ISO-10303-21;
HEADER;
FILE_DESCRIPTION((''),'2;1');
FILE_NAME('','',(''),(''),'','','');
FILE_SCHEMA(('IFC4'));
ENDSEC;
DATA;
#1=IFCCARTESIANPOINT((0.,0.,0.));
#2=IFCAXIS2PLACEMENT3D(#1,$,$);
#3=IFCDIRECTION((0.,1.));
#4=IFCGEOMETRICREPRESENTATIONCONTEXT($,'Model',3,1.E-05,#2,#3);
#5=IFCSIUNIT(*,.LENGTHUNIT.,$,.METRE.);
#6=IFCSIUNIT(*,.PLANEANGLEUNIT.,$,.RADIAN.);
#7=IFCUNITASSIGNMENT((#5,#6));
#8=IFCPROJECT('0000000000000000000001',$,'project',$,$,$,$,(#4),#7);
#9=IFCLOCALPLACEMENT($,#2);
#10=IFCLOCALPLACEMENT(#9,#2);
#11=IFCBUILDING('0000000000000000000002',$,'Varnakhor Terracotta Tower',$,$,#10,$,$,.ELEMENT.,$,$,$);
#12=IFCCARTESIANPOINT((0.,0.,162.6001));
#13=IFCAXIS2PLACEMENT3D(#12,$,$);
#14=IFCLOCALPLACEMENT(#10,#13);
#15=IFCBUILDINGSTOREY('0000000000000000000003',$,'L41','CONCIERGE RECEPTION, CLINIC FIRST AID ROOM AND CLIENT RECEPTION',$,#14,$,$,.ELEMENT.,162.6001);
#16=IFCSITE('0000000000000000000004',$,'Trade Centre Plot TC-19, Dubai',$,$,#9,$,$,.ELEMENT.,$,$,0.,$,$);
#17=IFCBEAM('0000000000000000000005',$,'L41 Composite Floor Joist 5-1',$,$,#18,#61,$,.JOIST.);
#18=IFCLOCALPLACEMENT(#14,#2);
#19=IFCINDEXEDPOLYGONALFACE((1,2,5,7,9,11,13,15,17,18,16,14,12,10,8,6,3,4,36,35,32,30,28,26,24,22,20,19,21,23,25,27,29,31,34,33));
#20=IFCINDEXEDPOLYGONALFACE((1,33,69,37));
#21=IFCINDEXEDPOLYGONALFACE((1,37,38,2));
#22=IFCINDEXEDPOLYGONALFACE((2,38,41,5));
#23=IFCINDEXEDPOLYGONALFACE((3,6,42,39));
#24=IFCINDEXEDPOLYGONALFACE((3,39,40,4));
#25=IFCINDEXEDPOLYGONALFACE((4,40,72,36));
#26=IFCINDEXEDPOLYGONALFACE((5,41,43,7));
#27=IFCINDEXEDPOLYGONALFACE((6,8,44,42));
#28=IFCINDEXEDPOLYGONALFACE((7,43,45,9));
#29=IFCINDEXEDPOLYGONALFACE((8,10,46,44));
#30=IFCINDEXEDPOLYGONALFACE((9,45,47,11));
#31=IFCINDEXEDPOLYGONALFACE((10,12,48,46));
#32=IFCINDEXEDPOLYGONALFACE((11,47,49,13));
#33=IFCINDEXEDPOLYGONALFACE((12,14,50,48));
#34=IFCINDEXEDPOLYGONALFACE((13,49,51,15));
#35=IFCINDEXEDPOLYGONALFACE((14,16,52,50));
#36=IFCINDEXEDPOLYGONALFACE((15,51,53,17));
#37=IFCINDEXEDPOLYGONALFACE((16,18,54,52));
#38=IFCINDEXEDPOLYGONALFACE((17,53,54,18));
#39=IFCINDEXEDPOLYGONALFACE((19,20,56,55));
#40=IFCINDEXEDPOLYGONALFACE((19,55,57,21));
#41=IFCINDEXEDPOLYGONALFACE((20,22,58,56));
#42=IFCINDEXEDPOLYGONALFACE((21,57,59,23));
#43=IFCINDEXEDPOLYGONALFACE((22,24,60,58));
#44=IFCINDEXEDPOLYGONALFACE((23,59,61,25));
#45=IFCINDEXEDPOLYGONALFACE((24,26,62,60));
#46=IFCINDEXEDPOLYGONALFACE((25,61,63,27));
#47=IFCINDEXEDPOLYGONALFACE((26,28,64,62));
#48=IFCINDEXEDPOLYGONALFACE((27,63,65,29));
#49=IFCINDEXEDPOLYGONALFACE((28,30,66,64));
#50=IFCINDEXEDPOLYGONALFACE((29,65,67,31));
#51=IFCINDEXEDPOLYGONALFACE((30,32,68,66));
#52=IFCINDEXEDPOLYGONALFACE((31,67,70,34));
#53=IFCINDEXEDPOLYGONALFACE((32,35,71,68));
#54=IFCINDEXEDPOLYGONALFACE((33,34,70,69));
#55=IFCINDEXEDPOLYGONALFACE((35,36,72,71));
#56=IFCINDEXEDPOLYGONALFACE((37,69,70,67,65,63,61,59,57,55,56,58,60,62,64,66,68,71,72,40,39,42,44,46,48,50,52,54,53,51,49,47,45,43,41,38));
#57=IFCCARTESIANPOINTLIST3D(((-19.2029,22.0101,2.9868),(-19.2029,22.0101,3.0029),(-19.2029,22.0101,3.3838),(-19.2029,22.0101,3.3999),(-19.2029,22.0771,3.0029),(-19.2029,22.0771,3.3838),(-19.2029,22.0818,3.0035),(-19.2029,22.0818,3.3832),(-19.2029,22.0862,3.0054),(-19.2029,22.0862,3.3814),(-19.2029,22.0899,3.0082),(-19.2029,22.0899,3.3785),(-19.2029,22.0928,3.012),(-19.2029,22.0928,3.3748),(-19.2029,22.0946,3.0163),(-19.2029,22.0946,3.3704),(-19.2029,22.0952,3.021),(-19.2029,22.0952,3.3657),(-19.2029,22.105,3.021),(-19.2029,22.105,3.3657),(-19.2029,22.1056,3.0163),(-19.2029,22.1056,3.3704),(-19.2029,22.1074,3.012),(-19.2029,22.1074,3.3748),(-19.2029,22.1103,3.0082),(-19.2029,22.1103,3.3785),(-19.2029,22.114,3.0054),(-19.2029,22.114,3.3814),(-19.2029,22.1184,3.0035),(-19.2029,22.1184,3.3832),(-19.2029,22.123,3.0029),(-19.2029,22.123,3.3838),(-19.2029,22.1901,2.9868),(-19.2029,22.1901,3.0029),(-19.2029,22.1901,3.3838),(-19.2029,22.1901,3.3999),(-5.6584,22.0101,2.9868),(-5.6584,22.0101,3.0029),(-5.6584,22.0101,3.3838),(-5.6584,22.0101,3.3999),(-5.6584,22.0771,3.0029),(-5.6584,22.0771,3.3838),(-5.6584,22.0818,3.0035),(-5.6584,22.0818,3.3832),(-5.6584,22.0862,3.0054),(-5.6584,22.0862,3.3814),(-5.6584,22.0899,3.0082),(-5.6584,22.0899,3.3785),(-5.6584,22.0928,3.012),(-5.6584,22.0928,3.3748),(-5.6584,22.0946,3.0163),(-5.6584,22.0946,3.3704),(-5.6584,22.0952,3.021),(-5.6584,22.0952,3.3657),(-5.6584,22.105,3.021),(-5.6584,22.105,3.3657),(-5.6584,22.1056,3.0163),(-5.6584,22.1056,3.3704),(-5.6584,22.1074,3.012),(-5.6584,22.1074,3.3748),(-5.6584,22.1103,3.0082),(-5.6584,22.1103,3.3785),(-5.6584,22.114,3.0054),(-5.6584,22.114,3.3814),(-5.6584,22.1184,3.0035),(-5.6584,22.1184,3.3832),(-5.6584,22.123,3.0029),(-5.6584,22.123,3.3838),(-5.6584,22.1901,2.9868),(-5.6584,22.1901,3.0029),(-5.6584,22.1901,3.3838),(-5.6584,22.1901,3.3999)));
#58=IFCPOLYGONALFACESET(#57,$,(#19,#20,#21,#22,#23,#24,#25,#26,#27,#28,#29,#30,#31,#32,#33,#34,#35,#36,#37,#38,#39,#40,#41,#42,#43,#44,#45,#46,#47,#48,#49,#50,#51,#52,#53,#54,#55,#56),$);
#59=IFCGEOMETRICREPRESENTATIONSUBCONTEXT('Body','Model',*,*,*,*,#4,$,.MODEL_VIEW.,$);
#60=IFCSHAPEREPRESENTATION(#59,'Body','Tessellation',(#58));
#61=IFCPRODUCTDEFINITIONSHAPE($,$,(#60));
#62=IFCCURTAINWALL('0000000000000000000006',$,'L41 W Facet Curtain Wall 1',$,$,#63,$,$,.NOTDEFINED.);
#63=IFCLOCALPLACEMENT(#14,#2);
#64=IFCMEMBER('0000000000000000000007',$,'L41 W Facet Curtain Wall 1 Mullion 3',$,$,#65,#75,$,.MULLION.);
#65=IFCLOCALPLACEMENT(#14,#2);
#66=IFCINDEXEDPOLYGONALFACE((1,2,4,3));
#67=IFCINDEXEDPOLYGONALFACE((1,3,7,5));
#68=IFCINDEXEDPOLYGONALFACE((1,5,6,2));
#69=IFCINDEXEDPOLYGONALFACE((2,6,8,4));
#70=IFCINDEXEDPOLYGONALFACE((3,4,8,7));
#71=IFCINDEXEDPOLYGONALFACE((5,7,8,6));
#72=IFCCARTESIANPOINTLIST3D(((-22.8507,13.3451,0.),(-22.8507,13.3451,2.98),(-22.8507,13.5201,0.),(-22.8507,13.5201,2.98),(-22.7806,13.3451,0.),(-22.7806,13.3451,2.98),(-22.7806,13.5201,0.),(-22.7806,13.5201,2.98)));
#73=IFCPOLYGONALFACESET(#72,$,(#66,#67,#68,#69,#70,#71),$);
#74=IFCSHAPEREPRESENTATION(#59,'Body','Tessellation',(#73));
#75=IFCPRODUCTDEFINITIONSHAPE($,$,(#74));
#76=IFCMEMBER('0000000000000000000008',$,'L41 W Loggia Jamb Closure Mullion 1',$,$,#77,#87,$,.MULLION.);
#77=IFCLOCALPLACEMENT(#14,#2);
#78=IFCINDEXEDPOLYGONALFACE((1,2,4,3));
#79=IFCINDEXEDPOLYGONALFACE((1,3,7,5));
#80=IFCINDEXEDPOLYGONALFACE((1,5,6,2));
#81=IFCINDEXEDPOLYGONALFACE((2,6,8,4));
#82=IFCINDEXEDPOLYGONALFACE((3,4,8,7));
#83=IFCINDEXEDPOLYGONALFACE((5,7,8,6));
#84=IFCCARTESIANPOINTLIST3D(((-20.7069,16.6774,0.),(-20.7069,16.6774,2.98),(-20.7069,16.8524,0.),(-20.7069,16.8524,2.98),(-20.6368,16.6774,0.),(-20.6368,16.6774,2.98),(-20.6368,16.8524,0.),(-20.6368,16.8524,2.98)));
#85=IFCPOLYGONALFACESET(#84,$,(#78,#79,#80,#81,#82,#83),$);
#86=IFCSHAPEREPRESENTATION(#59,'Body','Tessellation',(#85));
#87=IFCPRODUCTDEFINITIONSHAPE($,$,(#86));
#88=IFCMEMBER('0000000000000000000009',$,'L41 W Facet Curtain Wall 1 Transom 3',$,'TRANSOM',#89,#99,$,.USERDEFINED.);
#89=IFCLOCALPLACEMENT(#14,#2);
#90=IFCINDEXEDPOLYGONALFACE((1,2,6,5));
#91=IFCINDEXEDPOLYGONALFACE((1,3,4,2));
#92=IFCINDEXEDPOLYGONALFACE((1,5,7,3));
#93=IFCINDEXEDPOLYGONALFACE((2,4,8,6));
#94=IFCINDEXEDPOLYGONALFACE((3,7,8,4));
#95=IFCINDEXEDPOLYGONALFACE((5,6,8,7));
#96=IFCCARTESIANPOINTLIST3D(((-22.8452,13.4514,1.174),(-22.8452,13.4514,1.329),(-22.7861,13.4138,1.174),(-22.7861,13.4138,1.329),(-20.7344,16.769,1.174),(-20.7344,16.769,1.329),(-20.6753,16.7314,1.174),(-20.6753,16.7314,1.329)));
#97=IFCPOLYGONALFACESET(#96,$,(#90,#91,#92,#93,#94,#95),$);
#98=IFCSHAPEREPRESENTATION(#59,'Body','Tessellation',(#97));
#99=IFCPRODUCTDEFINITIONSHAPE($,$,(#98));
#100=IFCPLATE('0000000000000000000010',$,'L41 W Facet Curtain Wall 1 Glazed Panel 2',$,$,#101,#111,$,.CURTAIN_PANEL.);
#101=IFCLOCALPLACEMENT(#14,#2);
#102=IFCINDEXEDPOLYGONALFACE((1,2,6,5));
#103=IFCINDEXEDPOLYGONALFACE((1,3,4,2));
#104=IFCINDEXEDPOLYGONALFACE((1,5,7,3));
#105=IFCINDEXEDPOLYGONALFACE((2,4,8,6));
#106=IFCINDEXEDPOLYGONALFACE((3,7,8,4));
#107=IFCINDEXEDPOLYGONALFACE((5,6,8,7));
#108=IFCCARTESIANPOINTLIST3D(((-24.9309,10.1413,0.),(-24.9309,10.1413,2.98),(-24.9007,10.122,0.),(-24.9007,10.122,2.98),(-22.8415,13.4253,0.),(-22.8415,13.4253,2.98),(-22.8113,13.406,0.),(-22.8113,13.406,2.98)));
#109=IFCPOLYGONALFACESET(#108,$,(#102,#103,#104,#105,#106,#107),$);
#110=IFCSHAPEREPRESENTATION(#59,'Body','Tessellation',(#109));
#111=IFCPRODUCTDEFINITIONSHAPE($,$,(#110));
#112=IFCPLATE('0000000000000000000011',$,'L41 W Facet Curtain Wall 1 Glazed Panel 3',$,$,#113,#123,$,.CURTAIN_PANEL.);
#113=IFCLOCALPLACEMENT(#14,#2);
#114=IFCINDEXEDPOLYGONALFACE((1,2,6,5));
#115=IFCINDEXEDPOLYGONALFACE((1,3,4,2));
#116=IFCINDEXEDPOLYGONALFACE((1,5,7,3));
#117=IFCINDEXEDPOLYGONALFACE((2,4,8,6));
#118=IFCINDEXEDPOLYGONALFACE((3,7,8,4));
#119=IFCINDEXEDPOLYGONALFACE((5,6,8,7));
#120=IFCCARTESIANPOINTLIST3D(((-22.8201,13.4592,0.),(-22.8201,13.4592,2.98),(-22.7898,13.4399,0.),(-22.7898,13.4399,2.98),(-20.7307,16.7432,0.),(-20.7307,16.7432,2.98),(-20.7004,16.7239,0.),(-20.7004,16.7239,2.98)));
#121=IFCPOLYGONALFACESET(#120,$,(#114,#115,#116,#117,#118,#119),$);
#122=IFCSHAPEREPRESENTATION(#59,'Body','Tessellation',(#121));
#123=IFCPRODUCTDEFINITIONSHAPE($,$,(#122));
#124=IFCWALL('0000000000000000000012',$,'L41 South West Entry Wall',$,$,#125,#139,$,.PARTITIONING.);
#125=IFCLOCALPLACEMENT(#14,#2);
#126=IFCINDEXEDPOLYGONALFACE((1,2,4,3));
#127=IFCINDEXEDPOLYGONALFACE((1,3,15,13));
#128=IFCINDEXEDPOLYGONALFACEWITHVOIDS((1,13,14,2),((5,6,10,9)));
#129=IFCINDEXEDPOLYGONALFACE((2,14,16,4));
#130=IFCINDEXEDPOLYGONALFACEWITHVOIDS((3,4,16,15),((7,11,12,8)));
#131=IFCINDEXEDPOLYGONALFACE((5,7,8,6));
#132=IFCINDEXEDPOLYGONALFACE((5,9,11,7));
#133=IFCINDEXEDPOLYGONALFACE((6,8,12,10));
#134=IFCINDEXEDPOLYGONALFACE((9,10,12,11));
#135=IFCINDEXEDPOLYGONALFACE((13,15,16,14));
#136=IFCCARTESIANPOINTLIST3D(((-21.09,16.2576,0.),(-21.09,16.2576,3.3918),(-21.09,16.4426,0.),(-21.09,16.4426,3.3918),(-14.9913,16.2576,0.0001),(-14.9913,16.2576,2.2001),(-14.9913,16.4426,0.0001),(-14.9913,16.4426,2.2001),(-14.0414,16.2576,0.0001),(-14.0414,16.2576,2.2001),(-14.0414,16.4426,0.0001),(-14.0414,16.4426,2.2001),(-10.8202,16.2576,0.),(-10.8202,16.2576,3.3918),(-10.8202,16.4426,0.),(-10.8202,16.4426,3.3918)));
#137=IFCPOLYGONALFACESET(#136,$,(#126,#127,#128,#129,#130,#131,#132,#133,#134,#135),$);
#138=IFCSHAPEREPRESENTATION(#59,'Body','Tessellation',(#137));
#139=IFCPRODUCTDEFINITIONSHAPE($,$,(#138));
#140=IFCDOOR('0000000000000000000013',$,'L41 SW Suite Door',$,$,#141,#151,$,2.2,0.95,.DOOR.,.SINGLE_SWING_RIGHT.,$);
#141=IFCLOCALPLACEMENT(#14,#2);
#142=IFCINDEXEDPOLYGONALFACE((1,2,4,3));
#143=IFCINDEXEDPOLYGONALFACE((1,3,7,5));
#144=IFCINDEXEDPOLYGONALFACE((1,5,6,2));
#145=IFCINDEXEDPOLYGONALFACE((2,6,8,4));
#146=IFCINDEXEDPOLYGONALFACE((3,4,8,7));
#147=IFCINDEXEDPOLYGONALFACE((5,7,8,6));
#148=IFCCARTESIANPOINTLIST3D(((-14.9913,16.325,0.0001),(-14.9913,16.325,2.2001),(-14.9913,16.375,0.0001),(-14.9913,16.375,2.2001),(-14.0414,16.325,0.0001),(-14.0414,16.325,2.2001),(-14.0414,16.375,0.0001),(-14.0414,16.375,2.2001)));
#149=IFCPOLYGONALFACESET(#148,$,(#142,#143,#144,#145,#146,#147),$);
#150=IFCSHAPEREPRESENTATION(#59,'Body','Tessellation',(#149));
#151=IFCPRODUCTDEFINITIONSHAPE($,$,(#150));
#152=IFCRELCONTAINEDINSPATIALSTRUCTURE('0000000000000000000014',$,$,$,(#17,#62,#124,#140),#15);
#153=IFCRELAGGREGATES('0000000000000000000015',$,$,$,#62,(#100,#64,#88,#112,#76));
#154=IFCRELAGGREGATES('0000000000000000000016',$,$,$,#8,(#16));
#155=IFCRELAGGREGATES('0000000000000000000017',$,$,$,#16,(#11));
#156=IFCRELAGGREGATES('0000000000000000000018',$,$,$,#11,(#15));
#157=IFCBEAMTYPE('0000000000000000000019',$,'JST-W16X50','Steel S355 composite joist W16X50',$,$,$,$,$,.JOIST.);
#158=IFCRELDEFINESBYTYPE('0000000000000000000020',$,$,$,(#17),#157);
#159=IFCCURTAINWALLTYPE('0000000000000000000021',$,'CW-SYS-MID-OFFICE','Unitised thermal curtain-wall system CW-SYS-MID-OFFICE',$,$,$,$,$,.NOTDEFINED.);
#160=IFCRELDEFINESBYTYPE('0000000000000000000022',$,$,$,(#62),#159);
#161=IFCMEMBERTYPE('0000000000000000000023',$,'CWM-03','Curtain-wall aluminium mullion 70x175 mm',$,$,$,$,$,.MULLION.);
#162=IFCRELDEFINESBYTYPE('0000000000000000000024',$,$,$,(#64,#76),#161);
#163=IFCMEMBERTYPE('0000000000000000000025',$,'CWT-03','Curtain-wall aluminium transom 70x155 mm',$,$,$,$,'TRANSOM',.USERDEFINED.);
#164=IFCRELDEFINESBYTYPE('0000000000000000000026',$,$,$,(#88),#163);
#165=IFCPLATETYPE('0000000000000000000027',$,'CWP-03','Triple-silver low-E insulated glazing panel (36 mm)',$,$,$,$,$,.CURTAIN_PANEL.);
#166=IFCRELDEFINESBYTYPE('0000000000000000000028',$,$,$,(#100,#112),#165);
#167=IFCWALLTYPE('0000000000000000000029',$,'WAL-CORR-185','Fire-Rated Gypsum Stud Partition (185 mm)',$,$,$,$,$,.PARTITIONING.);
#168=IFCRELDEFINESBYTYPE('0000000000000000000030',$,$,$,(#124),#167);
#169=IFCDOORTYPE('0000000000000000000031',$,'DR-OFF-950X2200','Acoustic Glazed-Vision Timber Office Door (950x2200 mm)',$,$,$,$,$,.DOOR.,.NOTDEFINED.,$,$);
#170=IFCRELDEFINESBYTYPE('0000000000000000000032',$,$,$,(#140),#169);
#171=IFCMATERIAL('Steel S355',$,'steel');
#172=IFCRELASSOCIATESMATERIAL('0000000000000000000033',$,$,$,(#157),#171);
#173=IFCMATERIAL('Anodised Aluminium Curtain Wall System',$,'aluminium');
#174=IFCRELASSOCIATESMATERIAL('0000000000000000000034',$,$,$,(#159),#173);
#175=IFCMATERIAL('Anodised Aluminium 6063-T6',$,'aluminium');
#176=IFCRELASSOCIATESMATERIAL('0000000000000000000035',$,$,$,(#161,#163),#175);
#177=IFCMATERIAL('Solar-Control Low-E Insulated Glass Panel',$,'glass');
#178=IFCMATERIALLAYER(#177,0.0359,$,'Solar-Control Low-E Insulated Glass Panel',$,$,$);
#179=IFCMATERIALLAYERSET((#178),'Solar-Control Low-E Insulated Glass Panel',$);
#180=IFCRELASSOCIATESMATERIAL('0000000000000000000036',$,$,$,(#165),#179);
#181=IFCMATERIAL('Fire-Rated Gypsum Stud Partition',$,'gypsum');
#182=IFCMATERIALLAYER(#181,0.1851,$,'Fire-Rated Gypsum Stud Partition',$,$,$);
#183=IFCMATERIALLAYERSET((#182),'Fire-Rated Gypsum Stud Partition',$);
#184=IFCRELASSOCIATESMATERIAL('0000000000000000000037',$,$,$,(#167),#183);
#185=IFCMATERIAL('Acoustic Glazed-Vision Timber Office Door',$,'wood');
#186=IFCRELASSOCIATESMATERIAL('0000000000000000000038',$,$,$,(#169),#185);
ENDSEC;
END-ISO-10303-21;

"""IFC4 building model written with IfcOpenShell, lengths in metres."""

from ifc_helpers import new_model, si_unit, direction, frame, frame_2d, origin, origin_2d, place, context, subcontext, project, spatial, rectangle, i_section, extrude, source, transform, mapped, material, layer, layer_set, material_profile, profile_set, type_object, type_shapes, element, fill, aggregate, save


model = new_model("IFC4")

# Units and contexts
model_context = context("Model", 3, precision=1e-05, world=origin(), true_north=direction((0.0, 1.0)))
body_context = subcontext(model_context, "Body", "Model", "MODEL_VIEW")
ifc_project = project(units=[si_unit("LENGTHUNIT", "METRE"), si_unit("PLANEANGLEUNIT", "RADIAN")], contexts=[model_context])

# Site, building, storey
site_placement = place(None, origin())
site = spatial("IfcSite", under=ifc_project, at=site_placement, Name="Trade Centre Plot TC-19, Dubai", CompositionType="ELEMENT", RefElevation=0.0)
building_placement = place(site_placement, origin())
building = spatial("IfcBuilding", under=site, at=building_placement, Name="Varnakhor Terracotta Tower", CompositionType="ELEMENT")
storey_placement = place(building_placement, frame((0.0, 0.0, 162.6001)))
storey = spatial("IfcBuildingStorey", under=building, at=storey_placement, Name="L41", Description="CONCIERGE RECEPTION, CLINIC FIRST AID ROOM AND CLIENT RECEPTION", CompositionType="ELEMENT", Elevation=162.6001)

# Beam
ifc_material_1 = material(Name="Steel S355", Category="steel")
ifc_material_profile_1 = material_profile(ifc_material_1, i_section(OverallWidth=0.1799, OverallDepth=0.4131, WebThickness=0.0098, FlangeThickness=0.0161, FilletRadius=0.0181, at=origin_2d()), Name="W16X50")
ifc_profile_set_1 = profile_set([ifc_material_profile_1], Name="Steel S355")
beam_type_1 = type_object("IfcBeamType", Name="JST-W16X50", Description="Steel S355 composite joist W16X50", PredefinedType="JOIST", material=ifc_profile_set_1)
shared_shape_1 = source(origin(), body_context, "Body", "SweptSolid", [
    extrude(i_section(OverallWidth=0.1799, OverallDepth=0.4131, WebThickness=0.0098, FlangeThickness=0.0161, FilletRadius=0.0181, at=origin_2d()), origin(), (0.0, 0.0, 1.0), 13.5444),
])
beam_1_placement = place(storey_placement, frame((-19.2029, 22.1001, 3.1934), z_axis=(1.0, 0.0, 0.0), x_axis=(0.0, 1.0, 0.0)))
element("IfcBeam", 1, at=beam_1_placement, inside=storey, type_object=beam_type_1, Name="L41 Composite Floor Joist 5-1", PredefinedType="JOIST", context=body_context, shape_type="MappedRepresentation", body=[
    mapped(shared_shape_1, transform((0.0, 0.0, 0.0), scale=1.0)),
])

# Curtain wall, members, plates
ifc_material_2 = material(Name="Anodised Aluminium Curtain Wall System", Category="aluminium")
curtain_wall_type = type_object("IfcCurtainWallType", Name="CW-SYS-MID-OFFICE", Description="Unitised thermal curtain-wall system CW-SYS-MID-OFFICE", PredefinedType="NOTDEFINED", material=ifc_material_2)
curtain_wall_placement = place(storey_placement, origin())
curtain_wall = element("IfcCurtainWall", 2, at=curtain_wall_placement, inside=storey, type_object=curtain_wall_type, Name="L41 W Facet Curtain Wall 1", PredefinedType="NOTDEFINED")
ifc_material_3 = material(Name="Anodised Aluminium 6063-T6", Category="aluminium")
ifc_material_profile_2 = material_profile(ifc_material_3, rectangle(XDim=0.0701, YDim=0.175, at=origin_2d()), Name="ALU MULLION 70x175")
ifc_profile_set_2 = profile_set([ifc_material_profile_2], Name="Anodised Aluminium 6063-T6")
member_type_1 = type_object("IfcMemberType", Name="CWM-03", Description="Curtain-wall aluminium mullion 70x175 mm", PredefinedType="MULLION", material=ifc_profile_set_2)
shared_shape_2 = source(origin(), body_context, "Body", "SweptSolid", [
    extrude(rectangle(XDim=0.0701, YDim=0.175, at=origin_2d()), origin(), (0.0, 0.0, 1.0), 2.98),
])
member_1_placement = place(storey_placement, frame((-22.8157, 13.4326, 0.0), z_axis=(0.0, 0.0, 1.0), x_axis=(1.0, 0.0, 0.0)))
member_1 = element("IfcMember", 3, at=member_1_placement, type_object=member_type_1, Name="L41 W Facet Curtain Wall 1 Mullion 3", PredefinedType="MULLION", context=body_context, shape_type="MappedRepresentation", body=[
    mapped(shared_shape_2, transform((0.0, 0.0, 0.0), scale=1.0)),
])
member_2_placement = place(storey_placement, frame((-20.6719, 16.7649, 0.0), z_axis=(0.0, 0.0, 1.0), x_axis=(1.0, 0.0, 0.0)))
member_2 = element("IfcMember", 4, at=member_2_placement, type_object=member_type_1, Name="L41 W Loggia Jamb Closure Mullion 1", PredefinedType="MULLION", context=body_context, shape_type="MappedRepresentation", body=[
    mapped(shared_shape_2, transform((0.0, 0.0, 0.0), scale=1.0)),
])
ifc_material_profile_3 = material_profile(ifc_material_3, rectangle(XDim=0.0701, YDim=0.155, at=origin_2d()), Name="ALU TRANSOM 70x155")
ifc_profile_set_3 = profile_set([ifc_material_profile_3], Name="Anodised Aluminium 6063-T6")
member_type_2 = type_object("IfcMemberType", Name="CWT-03", Description="Curtain-wall aluminium transom 70x155 mm", ElementType="TRANSOM", PredefinedType="USERDEFINED", material=ifc_profile_set_3)
shared_shape_3 = source(origin(), body_context, "Body", "SweptSolid", [
    extrude(rectangle(XDim=0.0701, YDim=0.155, at=origin_2d()), origin(), (0.0, 0.0, 1.0), 3.9321),
])
member_3_placement = place(storey_placement, frame((-22.8157, 13.4326, 1.2515), z_axis=(0.536807, 0.843705, 0.0), x_axis=(-0.843705, 0.536807, 0.0)))
member_3 = element("IfcMember", 5, at=member_3_placement, type_object=member_type_2, Name="L41 W Facet Curtain Wall 1 Transom 3", ObjectType="TRANSOM", PredefinedType="USERDEFINED", context=body_context, shape_type="MappedRepresentation", body=[
    mapped(shared_shape_3, transform((0.0, 0.0, 0.0), scale=1.0)),
])
ifc_material_4 = material(Name="Solar-Control Low-E Insulated Glass Panel", Category="glass")
ifc_layer_1 = layer(ifc_material_4, 0.0359, Name="Solar-Control Low-E Insulated Glass Panel")
ifc_layer_set_1 = layer_set([ifc_layer_1], Name="Solar-Control Low-E Insulated Glass Panel")
plate_type = type_object("IfcPlateType", Name="CWP-03", Description="Triple-silver low-E insulated glazing panel (36 mm)", PredefinedType="CURTAIN_PANEL", material=ifc_layer_set_1)
shared_shape_4 = source(origin(), body_context, "Body", "SweptSolid", [
    extrude(rectangle(XDim=3.8923, YDim=0.0359, at=origin_2d()), origin(), (0.0, 0.0, 1.0), 2.98),
])
plate_1_placement = place(storey_placement, frame((-23.8711, 11.7737, 0.0), z_axis=(0.0, 0.0, 1.0), x_axis=(0.536799, 0.84371, 0.0)))
plate_1 = element("IfcPlate", 6, at=plate_1_placement, type_object=plate_type, Name="L41 W Facet Curtain Wall 1 Glazed Panel 2", PredefinedType="CURTAIN_PANEL", context=body_context, shape_type="MappedRepresentation", body=[
    mapped(shared_shape_4, transform((0.0, 0.0, 0.0), scale=1.0)),
])
plate_2_placement = place(storey_placement, frame((-21.7603, 15.0916, 0.0), z_axis=(0.0, 0.0, 1.0), x_axis=(0.536799, 0.84371, 0.0)))
plate_2 = element("IfcPlate", 7, at=plate_2_placement, type_object=plate_type, Name="L41 W Facet Curtain Wall 1 Glazed Panel 3", PredefinedType="CURTAIN_PANEL", context=body_context, shape_type="MappedRepresentation", body=[
    mapped(shared_shape_4, transform((0.0, 0.0, 0.0), scale=1.0)),
])
aggregate(curtain_wall, [plate_1, member_1, member_3, plate_2, member_2])

# Wall, opening, door
ifc_material_5 = material(Name="Fire-Rated Gypsum Stud Partition", Category="gypsum")
ifc_layer_2 = layer(ifc_material_5, 0.1851, Name="Fire-Rated Gypsum Stud Partition")
ifc_layer_set_2 = layer_set([ifc_layer_2], Name="Fire-Rated Gypsum Stud Partition")
wall_type_1 = type_object("IfcWallType", Name="WAL-CORR-185", Description="Fire-Rated Gypsum Stud Partition (185 mm)", PredefinedType="PARTITIONING", material=ifc_layer_set_2)
wall_1_placement = place(storey_placement, frame((-21.0898, 16.3501, 0.0), z_axis=(0.0, 0.0, 1.0), x_axis=(1.0, 0.0, 0.0)))
wall_1 = element("IfcWall", 8, at=wall_1_placement, inside=storey, type_object=wall_type_1, Name="L41 South West Entry Wall", PredefinedType="PARTITIONING", context=body_context, shape_type="SweptSolid", body=[
    extrude(rectangle(XDim=10.2698, YDim=0.1851, at=frame_2d((5.1348, 0.0))), origin(), (0.0, 0.0, 1.0), 3.3918),
])
opening_1_placement = place(wall_1_placement, frame((6.0984, 0.0, 0.0)))
opening_1 = element("IfcOpeningElement", 9, at=opening_1_placement, cuts=wall_1, PredefinedType="OPENING", context=body_context, shape_type="SweptSolid", body=[
    extrude(rectangle(XDim=0.95, YDim=2.2, at=frame_2d((0.4751, 1.1001))), frame((0.0, 0.1025, 0.0), z_axis=(0.0, -1.0, 0.0), x_axis=(1.0, 0.0, 0.0)), (0.0, 0.0, 1.0), 0.2051),
])
ifc_material_6 = material(Name="Acoustic Glazed-Vision Timber Office Door", Category="wood")
door_type_1 = type_object("IfcDoorType", Name="DR-OFF-950X2200", Description="Acoustic Glazed-Vision Timber Office Door (950x2200 mm)", OperationType="NOTDEFINED", PredefinedType="DOOR", material=ifc_material_6)
shared_shape_5 = source(origin(), body_context, "Body", "SweptSolid", [
    extrude(rectangle(XDim=0.95, YDim=2.2, at=frame_2d((0.4751, 1.1001))), frame((0.0, 0.0249, 0.0), z_axis=(0.0, -1.0, 0.0), x_axis=(1.0, 0.0, 0.0)), (0.0, 0.0, 1.0), 0.05),
])
type_shapes(door_type_1, [shared_shape_5])
door_1_placement = place(opening_1_placement, origin())
door_1 = element("IfcDoor", 10, at=door_1_placement, inside=storey, type_object=door_type_1, Name="L41 SW Suite Door", OperationType="SINGLE_SWING_RIGHT", OverallHeight=2.2, OverallWidth=0.95, PredefinedType="DOOR", context=body_context, shape_type="MappedRepresentation", body=[
    mapped(shared_shape_5, transform((0.0, 0.0, 0.0), scale=1.0)),
])
fill(opening_1, door_1)

save(model, "model.ifc")
